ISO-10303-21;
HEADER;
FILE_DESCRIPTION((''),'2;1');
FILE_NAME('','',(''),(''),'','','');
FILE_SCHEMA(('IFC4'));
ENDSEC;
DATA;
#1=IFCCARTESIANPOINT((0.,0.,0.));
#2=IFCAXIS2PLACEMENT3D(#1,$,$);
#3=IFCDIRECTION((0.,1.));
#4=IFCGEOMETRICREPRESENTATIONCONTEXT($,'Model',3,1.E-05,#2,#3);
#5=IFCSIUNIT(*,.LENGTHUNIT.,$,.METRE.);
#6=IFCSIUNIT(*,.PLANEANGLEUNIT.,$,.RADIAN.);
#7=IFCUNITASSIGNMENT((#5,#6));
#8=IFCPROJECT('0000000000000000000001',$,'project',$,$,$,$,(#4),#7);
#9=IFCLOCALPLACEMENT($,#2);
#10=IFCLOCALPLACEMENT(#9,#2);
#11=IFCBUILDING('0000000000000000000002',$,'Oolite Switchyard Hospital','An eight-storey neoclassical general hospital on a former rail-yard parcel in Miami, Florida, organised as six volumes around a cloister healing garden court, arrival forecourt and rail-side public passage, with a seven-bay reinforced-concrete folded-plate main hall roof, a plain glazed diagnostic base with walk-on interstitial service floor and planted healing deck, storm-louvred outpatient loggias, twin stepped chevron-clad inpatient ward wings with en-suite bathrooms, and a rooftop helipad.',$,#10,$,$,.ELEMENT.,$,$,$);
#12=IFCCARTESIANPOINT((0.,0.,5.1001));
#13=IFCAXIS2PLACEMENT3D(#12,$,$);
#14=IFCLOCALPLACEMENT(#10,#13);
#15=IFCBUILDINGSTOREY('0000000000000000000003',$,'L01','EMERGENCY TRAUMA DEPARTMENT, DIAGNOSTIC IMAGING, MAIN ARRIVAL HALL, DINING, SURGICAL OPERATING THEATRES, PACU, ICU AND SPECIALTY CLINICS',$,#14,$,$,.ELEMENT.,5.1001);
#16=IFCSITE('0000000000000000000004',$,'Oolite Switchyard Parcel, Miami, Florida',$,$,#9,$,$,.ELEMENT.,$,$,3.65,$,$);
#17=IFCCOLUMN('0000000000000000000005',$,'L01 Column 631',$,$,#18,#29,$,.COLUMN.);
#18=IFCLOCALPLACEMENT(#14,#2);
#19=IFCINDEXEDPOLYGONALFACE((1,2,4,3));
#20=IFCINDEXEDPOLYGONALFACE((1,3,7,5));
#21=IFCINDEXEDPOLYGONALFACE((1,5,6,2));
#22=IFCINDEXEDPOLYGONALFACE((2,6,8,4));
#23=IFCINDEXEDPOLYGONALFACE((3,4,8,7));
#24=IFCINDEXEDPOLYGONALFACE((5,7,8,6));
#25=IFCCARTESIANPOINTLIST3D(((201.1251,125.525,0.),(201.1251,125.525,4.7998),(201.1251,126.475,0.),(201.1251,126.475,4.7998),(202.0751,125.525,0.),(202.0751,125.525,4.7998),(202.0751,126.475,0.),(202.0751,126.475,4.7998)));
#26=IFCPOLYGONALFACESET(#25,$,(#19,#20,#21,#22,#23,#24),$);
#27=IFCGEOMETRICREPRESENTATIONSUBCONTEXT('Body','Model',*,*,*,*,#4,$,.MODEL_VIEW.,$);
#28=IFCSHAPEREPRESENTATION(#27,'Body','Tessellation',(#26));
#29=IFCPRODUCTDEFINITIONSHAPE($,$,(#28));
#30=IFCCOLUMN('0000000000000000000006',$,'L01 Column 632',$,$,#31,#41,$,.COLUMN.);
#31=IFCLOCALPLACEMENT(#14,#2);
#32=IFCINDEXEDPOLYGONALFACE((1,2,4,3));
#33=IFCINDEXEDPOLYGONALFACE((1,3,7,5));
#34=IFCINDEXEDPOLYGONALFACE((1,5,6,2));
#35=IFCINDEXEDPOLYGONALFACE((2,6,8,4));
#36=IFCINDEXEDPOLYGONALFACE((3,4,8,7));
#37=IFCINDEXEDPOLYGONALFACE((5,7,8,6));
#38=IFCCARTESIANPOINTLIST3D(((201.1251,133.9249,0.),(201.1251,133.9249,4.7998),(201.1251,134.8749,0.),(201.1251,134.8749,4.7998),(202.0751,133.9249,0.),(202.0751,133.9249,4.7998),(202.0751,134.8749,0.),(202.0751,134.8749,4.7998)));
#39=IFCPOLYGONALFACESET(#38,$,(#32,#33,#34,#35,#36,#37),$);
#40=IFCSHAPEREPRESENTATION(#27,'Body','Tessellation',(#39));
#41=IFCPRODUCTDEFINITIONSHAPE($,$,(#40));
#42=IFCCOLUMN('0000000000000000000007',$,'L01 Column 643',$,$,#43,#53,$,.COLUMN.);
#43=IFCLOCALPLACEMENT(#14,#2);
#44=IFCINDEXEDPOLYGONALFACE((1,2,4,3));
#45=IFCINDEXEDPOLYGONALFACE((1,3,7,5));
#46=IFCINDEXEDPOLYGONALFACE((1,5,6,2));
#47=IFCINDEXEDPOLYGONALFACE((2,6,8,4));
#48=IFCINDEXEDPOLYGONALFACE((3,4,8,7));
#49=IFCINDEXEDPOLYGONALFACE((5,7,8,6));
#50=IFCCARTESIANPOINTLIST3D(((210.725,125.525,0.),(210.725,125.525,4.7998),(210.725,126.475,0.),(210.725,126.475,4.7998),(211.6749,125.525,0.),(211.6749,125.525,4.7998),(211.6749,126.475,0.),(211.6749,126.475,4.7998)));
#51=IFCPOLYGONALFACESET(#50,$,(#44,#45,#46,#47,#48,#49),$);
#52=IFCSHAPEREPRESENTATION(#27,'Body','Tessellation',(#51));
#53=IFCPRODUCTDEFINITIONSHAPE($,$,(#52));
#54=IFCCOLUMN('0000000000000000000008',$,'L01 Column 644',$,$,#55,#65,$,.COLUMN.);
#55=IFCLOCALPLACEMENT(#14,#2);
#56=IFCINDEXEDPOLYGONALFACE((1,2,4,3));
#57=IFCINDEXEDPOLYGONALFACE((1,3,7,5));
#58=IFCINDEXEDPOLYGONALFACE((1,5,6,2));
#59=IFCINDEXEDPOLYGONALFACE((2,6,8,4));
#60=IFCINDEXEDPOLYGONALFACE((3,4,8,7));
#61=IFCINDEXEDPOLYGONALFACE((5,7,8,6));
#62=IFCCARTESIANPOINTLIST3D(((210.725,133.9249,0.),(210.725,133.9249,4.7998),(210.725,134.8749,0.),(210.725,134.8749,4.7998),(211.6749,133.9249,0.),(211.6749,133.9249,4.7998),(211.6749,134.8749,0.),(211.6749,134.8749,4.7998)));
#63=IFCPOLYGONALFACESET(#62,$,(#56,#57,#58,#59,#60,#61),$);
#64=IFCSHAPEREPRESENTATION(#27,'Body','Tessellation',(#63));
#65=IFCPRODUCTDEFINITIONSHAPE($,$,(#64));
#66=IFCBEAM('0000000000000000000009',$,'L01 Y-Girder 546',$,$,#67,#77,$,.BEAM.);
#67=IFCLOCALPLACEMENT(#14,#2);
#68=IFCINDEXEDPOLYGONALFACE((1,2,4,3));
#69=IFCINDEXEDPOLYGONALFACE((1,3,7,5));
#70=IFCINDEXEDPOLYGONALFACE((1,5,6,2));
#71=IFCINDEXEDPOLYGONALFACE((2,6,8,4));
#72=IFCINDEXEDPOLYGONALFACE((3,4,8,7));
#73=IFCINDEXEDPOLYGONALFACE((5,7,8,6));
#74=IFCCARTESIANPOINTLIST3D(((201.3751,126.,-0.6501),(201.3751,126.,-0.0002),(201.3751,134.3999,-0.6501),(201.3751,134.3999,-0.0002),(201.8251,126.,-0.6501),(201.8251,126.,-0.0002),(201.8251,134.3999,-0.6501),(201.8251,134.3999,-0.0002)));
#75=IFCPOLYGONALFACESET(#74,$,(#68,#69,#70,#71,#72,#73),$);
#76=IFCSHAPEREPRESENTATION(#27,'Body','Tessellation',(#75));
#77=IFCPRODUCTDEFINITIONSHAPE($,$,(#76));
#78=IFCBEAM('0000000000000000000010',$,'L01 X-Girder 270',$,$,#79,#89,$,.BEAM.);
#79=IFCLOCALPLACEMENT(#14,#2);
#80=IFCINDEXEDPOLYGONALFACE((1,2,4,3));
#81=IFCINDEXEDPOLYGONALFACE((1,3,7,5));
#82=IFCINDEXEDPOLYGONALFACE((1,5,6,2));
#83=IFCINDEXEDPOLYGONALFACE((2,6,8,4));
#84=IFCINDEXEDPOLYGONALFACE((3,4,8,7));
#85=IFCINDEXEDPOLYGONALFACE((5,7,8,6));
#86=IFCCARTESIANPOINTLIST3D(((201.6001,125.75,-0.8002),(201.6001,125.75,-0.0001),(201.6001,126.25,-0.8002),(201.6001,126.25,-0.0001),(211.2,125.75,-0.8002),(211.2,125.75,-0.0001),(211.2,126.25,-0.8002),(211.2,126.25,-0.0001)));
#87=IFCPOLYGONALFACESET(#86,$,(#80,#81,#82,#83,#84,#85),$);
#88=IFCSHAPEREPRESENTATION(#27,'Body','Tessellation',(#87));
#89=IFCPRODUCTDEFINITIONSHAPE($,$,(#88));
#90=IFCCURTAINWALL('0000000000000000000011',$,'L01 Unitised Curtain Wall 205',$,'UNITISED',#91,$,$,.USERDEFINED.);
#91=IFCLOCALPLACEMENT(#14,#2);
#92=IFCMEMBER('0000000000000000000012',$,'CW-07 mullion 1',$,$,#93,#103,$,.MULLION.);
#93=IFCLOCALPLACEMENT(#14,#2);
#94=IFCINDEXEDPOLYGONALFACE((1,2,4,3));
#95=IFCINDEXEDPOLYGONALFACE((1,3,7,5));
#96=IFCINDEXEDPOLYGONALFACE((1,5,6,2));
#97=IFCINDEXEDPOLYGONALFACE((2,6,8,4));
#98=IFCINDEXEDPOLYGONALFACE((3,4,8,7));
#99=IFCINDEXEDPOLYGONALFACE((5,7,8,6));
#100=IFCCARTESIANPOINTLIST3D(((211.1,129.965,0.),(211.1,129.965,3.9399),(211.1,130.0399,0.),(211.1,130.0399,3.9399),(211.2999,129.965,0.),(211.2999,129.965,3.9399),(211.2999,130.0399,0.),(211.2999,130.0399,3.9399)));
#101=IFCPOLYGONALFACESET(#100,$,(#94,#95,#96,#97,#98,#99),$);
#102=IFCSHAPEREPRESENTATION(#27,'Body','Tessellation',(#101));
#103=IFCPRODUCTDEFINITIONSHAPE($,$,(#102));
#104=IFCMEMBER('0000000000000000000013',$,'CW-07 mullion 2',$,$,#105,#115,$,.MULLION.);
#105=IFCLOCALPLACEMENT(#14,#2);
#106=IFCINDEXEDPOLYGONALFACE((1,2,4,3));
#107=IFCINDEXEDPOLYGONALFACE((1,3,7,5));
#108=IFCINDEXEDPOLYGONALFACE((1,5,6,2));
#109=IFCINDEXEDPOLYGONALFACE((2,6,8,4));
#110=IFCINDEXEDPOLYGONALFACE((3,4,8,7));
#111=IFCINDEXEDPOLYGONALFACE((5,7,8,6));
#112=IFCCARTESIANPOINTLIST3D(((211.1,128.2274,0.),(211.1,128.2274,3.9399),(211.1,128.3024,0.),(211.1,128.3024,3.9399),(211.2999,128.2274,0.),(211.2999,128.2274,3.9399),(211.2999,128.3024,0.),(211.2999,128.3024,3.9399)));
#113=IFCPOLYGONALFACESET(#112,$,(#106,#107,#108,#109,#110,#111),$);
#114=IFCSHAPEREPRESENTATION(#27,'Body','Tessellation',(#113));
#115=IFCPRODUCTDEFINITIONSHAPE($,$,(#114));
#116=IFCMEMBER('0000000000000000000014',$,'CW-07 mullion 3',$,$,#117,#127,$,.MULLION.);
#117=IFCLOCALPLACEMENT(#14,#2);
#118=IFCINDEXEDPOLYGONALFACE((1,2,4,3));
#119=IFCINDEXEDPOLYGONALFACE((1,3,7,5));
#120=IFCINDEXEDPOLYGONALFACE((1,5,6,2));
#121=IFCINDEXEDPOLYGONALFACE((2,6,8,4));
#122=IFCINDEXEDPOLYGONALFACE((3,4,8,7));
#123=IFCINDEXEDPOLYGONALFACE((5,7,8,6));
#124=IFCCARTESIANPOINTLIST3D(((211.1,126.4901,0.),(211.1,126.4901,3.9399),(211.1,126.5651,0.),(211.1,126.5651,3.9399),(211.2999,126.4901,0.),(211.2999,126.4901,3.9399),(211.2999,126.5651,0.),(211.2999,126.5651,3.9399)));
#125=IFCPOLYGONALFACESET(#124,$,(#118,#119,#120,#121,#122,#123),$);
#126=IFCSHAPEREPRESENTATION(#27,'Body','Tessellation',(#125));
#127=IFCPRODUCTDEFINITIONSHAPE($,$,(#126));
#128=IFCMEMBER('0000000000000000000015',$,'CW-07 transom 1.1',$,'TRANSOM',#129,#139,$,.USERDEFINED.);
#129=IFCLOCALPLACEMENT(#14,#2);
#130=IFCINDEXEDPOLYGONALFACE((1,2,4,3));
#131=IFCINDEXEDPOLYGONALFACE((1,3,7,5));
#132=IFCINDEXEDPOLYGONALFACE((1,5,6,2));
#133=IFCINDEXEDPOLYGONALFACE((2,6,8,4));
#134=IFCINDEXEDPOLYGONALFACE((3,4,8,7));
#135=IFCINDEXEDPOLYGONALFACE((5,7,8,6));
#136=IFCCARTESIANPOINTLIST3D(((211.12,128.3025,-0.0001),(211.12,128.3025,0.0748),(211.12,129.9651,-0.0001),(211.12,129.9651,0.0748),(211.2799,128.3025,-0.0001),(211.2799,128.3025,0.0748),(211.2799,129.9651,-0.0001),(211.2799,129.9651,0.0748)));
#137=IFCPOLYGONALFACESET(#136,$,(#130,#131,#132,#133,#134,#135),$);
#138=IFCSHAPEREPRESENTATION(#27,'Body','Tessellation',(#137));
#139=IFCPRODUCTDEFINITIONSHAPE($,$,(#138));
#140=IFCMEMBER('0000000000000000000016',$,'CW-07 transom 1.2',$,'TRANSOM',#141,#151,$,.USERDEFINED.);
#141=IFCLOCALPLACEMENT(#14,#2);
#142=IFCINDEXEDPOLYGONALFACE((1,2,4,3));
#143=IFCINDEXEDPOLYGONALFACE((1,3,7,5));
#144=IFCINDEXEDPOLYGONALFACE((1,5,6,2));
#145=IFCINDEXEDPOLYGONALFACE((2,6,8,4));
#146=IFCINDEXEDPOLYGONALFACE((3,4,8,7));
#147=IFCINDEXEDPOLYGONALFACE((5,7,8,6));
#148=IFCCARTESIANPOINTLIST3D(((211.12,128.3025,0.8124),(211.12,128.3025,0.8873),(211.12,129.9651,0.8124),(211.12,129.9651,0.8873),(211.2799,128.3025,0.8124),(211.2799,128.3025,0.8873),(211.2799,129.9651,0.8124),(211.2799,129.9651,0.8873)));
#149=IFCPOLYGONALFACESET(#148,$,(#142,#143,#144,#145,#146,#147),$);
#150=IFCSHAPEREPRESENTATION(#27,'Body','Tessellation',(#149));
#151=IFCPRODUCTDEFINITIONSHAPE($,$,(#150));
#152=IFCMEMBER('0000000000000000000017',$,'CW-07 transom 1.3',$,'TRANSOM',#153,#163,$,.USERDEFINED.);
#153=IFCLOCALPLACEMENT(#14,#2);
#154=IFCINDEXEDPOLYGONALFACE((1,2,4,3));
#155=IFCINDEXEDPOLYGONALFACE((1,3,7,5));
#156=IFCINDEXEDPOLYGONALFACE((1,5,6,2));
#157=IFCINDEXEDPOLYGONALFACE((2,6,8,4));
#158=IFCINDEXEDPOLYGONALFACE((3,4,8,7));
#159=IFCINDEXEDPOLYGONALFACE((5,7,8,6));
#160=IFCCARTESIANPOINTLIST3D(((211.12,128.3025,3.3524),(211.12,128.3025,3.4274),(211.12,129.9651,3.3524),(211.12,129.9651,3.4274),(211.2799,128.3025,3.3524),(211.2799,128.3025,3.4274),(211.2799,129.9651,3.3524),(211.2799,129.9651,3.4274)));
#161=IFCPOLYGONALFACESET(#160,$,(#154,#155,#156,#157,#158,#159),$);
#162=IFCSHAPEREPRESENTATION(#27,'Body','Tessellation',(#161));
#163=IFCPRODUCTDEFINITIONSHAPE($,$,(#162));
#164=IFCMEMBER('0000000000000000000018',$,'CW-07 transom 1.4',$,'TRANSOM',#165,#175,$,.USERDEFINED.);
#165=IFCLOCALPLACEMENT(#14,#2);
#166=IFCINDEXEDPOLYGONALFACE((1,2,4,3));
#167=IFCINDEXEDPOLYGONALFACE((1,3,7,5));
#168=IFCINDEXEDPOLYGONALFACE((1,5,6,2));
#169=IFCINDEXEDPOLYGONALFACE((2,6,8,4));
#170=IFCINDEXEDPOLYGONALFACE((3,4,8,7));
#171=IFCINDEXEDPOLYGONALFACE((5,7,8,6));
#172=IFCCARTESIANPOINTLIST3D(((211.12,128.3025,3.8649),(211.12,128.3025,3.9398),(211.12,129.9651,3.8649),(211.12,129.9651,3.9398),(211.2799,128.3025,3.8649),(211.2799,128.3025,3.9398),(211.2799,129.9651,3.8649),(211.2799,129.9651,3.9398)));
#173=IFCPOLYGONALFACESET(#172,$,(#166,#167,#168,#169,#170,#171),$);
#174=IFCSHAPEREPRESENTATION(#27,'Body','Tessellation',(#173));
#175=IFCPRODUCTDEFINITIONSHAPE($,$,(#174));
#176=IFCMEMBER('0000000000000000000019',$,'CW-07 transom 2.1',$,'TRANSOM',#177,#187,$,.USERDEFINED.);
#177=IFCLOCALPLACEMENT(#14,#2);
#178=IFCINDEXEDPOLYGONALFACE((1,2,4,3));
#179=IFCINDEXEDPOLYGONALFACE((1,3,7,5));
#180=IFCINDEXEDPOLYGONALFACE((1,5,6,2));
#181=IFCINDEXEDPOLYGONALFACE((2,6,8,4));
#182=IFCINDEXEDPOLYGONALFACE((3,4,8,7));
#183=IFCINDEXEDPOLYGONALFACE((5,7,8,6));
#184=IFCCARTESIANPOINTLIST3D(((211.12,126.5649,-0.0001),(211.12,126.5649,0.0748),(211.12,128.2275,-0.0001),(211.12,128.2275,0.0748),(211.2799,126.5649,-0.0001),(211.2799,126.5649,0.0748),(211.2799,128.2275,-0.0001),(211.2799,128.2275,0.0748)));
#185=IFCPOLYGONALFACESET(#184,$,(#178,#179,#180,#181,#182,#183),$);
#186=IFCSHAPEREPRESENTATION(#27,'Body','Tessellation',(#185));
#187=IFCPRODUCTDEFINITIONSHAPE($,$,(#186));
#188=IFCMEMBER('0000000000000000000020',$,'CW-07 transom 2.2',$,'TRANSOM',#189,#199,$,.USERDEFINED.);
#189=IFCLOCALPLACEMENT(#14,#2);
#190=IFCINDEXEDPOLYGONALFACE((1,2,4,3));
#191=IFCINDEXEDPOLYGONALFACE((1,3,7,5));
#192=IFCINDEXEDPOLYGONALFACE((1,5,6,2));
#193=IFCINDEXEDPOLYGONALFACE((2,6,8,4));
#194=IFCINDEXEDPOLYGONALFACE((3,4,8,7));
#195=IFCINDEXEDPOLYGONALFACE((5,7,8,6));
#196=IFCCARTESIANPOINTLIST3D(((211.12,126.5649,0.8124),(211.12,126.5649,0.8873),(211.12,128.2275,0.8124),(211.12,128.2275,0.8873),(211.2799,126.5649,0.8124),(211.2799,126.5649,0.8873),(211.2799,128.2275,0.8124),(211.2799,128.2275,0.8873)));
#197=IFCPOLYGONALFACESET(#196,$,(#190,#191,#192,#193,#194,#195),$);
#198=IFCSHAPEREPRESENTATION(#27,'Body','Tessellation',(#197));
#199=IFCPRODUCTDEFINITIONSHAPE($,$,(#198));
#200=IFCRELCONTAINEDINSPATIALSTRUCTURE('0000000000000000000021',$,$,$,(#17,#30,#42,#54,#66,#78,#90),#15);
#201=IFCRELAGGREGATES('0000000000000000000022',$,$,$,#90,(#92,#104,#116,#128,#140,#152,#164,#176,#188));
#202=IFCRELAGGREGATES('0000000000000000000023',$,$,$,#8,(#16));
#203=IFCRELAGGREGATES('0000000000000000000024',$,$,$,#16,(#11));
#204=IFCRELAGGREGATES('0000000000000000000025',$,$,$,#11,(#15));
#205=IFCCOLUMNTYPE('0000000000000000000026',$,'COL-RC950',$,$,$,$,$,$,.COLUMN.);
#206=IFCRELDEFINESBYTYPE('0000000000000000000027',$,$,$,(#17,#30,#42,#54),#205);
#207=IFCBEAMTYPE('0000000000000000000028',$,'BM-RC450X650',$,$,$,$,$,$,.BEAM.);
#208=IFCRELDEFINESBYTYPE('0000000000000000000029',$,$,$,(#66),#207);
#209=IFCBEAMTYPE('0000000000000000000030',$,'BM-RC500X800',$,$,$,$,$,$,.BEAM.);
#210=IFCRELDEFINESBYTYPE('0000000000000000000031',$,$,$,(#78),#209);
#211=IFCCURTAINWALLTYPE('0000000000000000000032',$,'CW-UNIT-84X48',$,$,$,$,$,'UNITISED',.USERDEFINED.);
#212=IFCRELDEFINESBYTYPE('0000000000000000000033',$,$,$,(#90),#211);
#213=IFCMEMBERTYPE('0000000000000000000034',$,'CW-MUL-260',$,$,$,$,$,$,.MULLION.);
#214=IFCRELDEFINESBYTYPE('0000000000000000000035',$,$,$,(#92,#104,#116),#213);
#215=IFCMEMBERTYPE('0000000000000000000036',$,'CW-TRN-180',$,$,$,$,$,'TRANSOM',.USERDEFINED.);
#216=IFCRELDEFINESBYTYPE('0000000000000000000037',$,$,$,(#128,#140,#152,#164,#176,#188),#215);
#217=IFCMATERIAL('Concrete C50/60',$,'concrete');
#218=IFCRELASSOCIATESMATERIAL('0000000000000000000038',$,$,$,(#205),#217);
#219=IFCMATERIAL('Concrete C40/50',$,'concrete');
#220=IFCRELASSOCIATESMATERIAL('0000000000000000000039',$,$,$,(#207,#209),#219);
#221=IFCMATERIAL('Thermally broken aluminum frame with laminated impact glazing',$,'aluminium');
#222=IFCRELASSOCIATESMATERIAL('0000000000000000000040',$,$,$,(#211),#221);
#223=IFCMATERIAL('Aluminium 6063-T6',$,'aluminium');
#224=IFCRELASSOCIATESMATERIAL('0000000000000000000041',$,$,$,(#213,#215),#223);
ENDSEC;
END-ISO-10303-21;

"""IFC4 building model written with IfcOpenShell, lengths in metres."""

from ifc_helpers import new_model, si_unit, direction, frame, origin, origin_2d, place, context, subcontext, project, spatial, rectangle, extrude, material, material_profile, profile_set, type_object, element, aggregate, save


model = new_model("IFC4")

# Units and contexts
model_context = context("Model", 3, precision=1e-05, world=origin(), true_north=direction((0.0, 1.0)))
body_context = subcontext(model_context, "Body", "Model", "MODEL_VIEW")
ifc_project = project(units=[si_unit("LENGTHUNIT", "METRE"), si_unit("PLANEANGLEUNIT", "RADIAN")], contexts=[model_context])

# Site, building, storey
site_placement = place(None, origin())
site = spatial("IfcSite", under=ifc_project, at=site_placement, Name="Oolite Switchyard Parcel, Miami, Florida", CompositionType="ELEMENT", RefElevation=3.65)
building_placement = place(site_placement, origin())
building = spatial("IfcBuilding", under=site, at=building_placement, Name="Oolite Switchyard Hospital", Description="An eight-storey neoclassical general hospital on a former rail-yard parcel in Miami, Florida, organised as six volumes around a cloister healing garden court, arrival forecourt and rail-side public passage, with a seven-bay reinforced-concrete folded-plate main hall roof, a plain glazed diagnostic base with walk-on interstitial service floor and planted healing deck, storm-louvred outpatient loggias, twin stepped chevron-clad inpatient ward wings with en-suite bathrooms, and a rooftop helipad.", CompositionType="ELEMENT")
storey_placement = place(building_placement, frame((0.0, 0.0, 5.1001)))
storey = spatial("IfcBuildingStorey", under=building, at=storey_placement, Name="L01", Description="EMERGENCY TRAUMA DEPARTMENT, DIAGNOSTIC IMAGING, MAIN ARRIVAL HALL, DINING, SURGICAL OPERATING THEATRES, PACU, ICU AND SPECIALTY CLINICS", CompositionType="ELEMENT", Elevation=5.1001)

# Columns
ifc_material_1 = material(Name="Concrete C50/60", Category="concrete")
ifc_material_profile_1 = material_profile(ifc_material_1, rectangle(XDim=0.95, YDim=0.95, at=origin_2d()), Name="RC950X950")
ifc_profile_set_1 = profile_set([ifc_material_profile_1], Name="Concrete C50/60")
column_type = type_object("IfcColumnType", Name="COL-RC950", PredefinedType="COLUMN", material=ifc_profile_set_1)
for number, where, z_axis, x_axis, name in (
    (1, (201.6001, 126.0, 0.0), (0.0, 0.0, 1.0), (1.0, 0.0, 0.0), "L01 Column 631"),
    (2, (201.6001, 134.3999, 0.0), (0.0, 0.0, 1.0), (1.0, 0.0, 0.0), "L01 Column 632"),
    (3, (211.2, 126.0, 0.0), (0.0, 0.0, 1.0), (1.0, 0.0, 0.0), "L01 Column 643"),
    (4, (211.2, 134.3999, 0.0), (0.0, 0.0, 1.0), (1.0, 0.0, 0.0), "L01 Column 644"),
):
    element("IfcColumn", number, at=place(storey_placement, frame(where, z_axis=z_axis, x_axis=x_axis)), inside=storey, type_object=column_type, Name=name, PredefinedType="COLUMN", context=body_context, shape_type="SweptSolid", body=[
        extrude(rectangle(XDim=0.95, YDim=0.95, at=origin_2d()), origin(), (0.0, 0.0, 1.0), 4.7998),
    ])

# Beams
ifc_material_2 = material(Name="Concrete C40/50", Category="concrete")
ifc_material_profile_2 = material_profile(ifc_material_2, rectangle(XDim=0.45, YDim=0.6499, at=origin_2d()), Name="RCB450X650")
ifc_profile_set_2 = profile_set([ifc_material_profile_2], Name="Concrete C40/50")
beam_type_1 = type_object("IfcBeamType", Name="BM-RC450X650", PredefinedType="BEAM", material=ifc_profile_set_2)
beam_1_placement = place(storey_placement, frame((201.6001, 126.0, -0.3252), z_axis=(0.0, 1.0, 0.0), x_axis=(-1.0, 0.0, 0.0)))
element("IfcBeam", 5, at=beam_1_placement, inside=storey, type_object=beam_type_1, Name="L01 Y-Girder 546", PredefinedType="BEAM", context=body_context, shape_type="SweptSolid", body=[
    extrude(rectangle(XDim=0.45, YDim=0.6499, at=origin_2d()), origin(), (0.0, 0.0, 1.0), 8.3999),
])
ifc_material_profile_3 = material_profile(ifc_material_2, rectangle(XDim=0.5, YDim=0.8, at=origin_2d()), Name="RCB500X800")
ifc_profile_set_3 = profile_set([ifc_material_profile_3], Name="Concrete C40/50")
beam_type_2 = type_object("IfcBeamType", Name="BM-RC500X800", PredefinedType="BEAM", material=ifc_profile_set_3)
beam_2_placement = place(storey_placement, frame((201.6001, 126.0, -0.4001), z_axis=(1.0, 0.0, 0.0), x_axis=(0.0, 1.0, 0.0)))
element("IfcBeam", 6, at=beam_2_placement, inside=storey, type_object=beam_type_2, Name="L01 X-Girder 270", PredefinedType="BEAM", context=body_context, shape_type="SweptSolid", body=[
    extrude(rectangle(XDim=0.5, YDim=0.8, at=origin_2d()), origin(), (0.0, 0.0, 1.0), 9.5999),
])

# Curtain wall, members
ifc_material_3 = material(Name="Thermally broken aluminum frame with laminated impact glazing", Category="aluminium")
curtain_wall_type = type_object("IfcCurtainWallType", Name="CW-UNIT-84X48", ElementType="UNITISED", PredefinedType="USERDEFINED", material=ifc_material_3)
curtain_wall_placement = place(storey_placement, origin())
curtain_wall = element("IfcCurtainWall", 7, at=curtain_wall_placement, inside=storey, type_object=curtain_wall_type, Name="L01 Unitised Curtain Wall 205", ObjectType="UNITISED", PredefinedType="USERDEFINED")
ifc_material_4 = material(Name="Aluminium 6063-T6", Category="aluminium")
ifc_material_profile_4 = material_profile(ifc_material_4, rectangle(XDim=0.2, YDim=0.075, at=origin_2d()), Name="CWM75X200")
ifc_profile_set_4 = profile_set([ifc_material_profile_4], Name="Aluminium 6063-T6")
member_type_1 = type_object("IfcMemberType", Name="CW-MUL-260", PredefinedType="MULLION", material=ifc_profile_set_4)
member_1_placement = place(storey_placement, frame((211.2, 130.0024, 0.0), z_axis=(0.0, 0.0, 1.0), x_axis=(1.0, 0.0, 0.0)))
member_1 = element("IfcMember", 8, at=member_1_placement, type_object=member_type_1, Name="CW-07 mullion 1", PredefinedType="MULLION", context=body_context, shape_type="SweptSolid", body=[
    extrude(rectangle(XDim=0.2, YDim=0.075, at=origin_2d()), origin(), (0.0, 0.0, 1.0), 3.9399),
])
member_2_placement = place(storey_placement, frame((211.2, 128.2649, 0.0), z_axis=(0.0, 0.0, 1.0), x_axis=(1.0, 0.0, 0.0)))
member_2 = element("IfcMember", 9, at=member_2_placement, type_object=member_type_1, Name="CW-07 mullion 2", PredefinedType="MULLION", context=body_context, shape_type="SweptSolid", body=[
    extrude(rectangle(XDim=0.2, YDim=0.075, at=origin_2d()), origin(), (0.0, 0.0, 1.0), 3.9399),
])
member_3_placement = place(storey_placement, frame((211.2, 126.5276, 0.0), z_axis=(0.0, 0.0, 1.0), x_axis=(1.0, 0.0, 0.0)))
member_3 = element("IfcMember", 10, at=member_3_placement, type_object=member_type_1, Name="CW-07 mullion 3", PredefinedType="MULLION", context=body_context, shape_type="SweptSolid", body=[
    extrude(rectangle(XDim=0.2, YDim=0.075, at=origin_2d()), origin(), (0.0, 0.0, 1.0), 3.9399),
])
ifc_material_profile_5 = material_profile(ifc_material_4, rectangle(XDim=0.1599, YDim=0.075, at=origin_2d()), Name="CWT75X160")
ifc_profile_set_5 = profile_set([ifc_material_profile_5], Name="Aluminium 6063-T6")
member_type_2 = type_object("IfcMemberType", Name="CW-TRN-180", ElementType="TRANSOM", PredefinedType="USERDEFINED", material=ifc_profile_set_5)
member_4_placement = place(storey_placement, frame((211.2, 129.9651, 0.0374), z_axis=(0.0, -1.0, 0.0), x_axis=(1.0, 0.0, 0.0)))
member_4 = element("IfcMember", 11, at=member_4_placement, type_object=member_type_2, Name="CW-07 transom 1.1", ObjectType="TRANSOM", PredefinedType="USERDEFINED", context=body_context, shape_type="SweptSolid", body=[
    extrude(rectangle(XDim=0.1599, YDim=0.075, at=origin_2d()), origin(), (0.0, 0.0, 1.0), 1.6626),
])
member_5_placement = place(storey_placement, frame((211.2, 129.9651, 0.8499), z_axis=(0.0, -1.0, 0.0), x_axis=(1.0, 0.0, 0.0)))
member_5 = element("IfcMember", 12, at=member_5_placement, type_object=member_type_2, Name="CW-07 transom 1.2", ObjectType="TRANSOM", PredefinedType="USERDEFINED", context=body_context, shape_type="SweptSolid", body=[
    extrude(rectangle(XDim=0.1599, YDim=0.075, at=origin_2d()), origin(), (0.0, 0.0, 1.0), 1.6626),
])
member_6_placement = place(storey_placement, frame((211.2, 129.9651, 3.3899), z_axis=(0.0, -1.0, 0.0), x_axis=(1.0, 0.0, 0.0)))
member_6 = element("IfcMember", 13, at=member_6_placement, type_object=member_type_2, Name="CW-07 transom 1.3", ObjectType="TRANSOM", PredefinedType="USERDEFINED", context=body_context, shape_type="SweptSolid", body=[
    extrude(rectangle(XDim=0.1599, YDim=0.075, at=origin_2d()), origin(), (0.0, 0.0, 1.0), 1.6626),
])
member_7_placement = place(storey_placement, frame((211.2, 129.9651, 3.9023), z_axis=(0.0, -1.0, 0.0), x_axis=(1.0, 0.0, 0.0)))
member_7 = element("IfcMember", 14, at=member_7_placement, type_object=member_type_2, Name="CW-07 transom 1.4", ObjectType="TRANSOM", PredefinedType="USERDEFINED", context=body_context, shape_type="SweptSolid", body=[
    extrude(rectangle(XDim=0.1599, YDim=0.075, at=origin_2d()), origin(), (0.0, 0.0, 1.0), 1.6626),
])
member_8_placement = place(storey_placement, frame((211.2, 128.2275, 0.0374), z_axis=(0.0, -1.0, 0.0), x_axis=(1.0, 0.0, 0.0)))
member_8 = element("IfcMember", 15, at=member_8_placement, type_object=member_type_2, Name="CW-07 transom 2.1", ObjectType="TRANSOM", PredefinedType="USERDEFINED", context=body_context, shape_type="SweptSolid", body=[
    extrude(rectangle(XDim=0.1599, YDim=0.075, at=origin_2d()), origin(), (0.0, 0.0, 1.0), 1.6626),
])
member_9_placement = place(storey_placement, frame((211.2, 128.2275, 0.8499), z_axis=(0.0, -1.0, 0.0), x_axis=(1.0, 0.0, 0.0)))
member_9 = element("IfcMember", 16, at=member_9_placement, type_object=member_type_2, Name="CW-07 transom 2.2", ObjectType="TRANSOM", PredefinedType="USERDEFINED", context=body_context, shape_type="SweptSolid", body=[
    extrude(rectangle(XDim=0.1599, YDim=0.075, at=origin_2d()), origin(), (0.0, 0.0, 1.0), 1.6626),
])
aggregate(curtain_wall, [member_1, member_2, member_3, member_4, member_5, member_6, member_7, member_8, member_9])

save(model, "model.ifc")
